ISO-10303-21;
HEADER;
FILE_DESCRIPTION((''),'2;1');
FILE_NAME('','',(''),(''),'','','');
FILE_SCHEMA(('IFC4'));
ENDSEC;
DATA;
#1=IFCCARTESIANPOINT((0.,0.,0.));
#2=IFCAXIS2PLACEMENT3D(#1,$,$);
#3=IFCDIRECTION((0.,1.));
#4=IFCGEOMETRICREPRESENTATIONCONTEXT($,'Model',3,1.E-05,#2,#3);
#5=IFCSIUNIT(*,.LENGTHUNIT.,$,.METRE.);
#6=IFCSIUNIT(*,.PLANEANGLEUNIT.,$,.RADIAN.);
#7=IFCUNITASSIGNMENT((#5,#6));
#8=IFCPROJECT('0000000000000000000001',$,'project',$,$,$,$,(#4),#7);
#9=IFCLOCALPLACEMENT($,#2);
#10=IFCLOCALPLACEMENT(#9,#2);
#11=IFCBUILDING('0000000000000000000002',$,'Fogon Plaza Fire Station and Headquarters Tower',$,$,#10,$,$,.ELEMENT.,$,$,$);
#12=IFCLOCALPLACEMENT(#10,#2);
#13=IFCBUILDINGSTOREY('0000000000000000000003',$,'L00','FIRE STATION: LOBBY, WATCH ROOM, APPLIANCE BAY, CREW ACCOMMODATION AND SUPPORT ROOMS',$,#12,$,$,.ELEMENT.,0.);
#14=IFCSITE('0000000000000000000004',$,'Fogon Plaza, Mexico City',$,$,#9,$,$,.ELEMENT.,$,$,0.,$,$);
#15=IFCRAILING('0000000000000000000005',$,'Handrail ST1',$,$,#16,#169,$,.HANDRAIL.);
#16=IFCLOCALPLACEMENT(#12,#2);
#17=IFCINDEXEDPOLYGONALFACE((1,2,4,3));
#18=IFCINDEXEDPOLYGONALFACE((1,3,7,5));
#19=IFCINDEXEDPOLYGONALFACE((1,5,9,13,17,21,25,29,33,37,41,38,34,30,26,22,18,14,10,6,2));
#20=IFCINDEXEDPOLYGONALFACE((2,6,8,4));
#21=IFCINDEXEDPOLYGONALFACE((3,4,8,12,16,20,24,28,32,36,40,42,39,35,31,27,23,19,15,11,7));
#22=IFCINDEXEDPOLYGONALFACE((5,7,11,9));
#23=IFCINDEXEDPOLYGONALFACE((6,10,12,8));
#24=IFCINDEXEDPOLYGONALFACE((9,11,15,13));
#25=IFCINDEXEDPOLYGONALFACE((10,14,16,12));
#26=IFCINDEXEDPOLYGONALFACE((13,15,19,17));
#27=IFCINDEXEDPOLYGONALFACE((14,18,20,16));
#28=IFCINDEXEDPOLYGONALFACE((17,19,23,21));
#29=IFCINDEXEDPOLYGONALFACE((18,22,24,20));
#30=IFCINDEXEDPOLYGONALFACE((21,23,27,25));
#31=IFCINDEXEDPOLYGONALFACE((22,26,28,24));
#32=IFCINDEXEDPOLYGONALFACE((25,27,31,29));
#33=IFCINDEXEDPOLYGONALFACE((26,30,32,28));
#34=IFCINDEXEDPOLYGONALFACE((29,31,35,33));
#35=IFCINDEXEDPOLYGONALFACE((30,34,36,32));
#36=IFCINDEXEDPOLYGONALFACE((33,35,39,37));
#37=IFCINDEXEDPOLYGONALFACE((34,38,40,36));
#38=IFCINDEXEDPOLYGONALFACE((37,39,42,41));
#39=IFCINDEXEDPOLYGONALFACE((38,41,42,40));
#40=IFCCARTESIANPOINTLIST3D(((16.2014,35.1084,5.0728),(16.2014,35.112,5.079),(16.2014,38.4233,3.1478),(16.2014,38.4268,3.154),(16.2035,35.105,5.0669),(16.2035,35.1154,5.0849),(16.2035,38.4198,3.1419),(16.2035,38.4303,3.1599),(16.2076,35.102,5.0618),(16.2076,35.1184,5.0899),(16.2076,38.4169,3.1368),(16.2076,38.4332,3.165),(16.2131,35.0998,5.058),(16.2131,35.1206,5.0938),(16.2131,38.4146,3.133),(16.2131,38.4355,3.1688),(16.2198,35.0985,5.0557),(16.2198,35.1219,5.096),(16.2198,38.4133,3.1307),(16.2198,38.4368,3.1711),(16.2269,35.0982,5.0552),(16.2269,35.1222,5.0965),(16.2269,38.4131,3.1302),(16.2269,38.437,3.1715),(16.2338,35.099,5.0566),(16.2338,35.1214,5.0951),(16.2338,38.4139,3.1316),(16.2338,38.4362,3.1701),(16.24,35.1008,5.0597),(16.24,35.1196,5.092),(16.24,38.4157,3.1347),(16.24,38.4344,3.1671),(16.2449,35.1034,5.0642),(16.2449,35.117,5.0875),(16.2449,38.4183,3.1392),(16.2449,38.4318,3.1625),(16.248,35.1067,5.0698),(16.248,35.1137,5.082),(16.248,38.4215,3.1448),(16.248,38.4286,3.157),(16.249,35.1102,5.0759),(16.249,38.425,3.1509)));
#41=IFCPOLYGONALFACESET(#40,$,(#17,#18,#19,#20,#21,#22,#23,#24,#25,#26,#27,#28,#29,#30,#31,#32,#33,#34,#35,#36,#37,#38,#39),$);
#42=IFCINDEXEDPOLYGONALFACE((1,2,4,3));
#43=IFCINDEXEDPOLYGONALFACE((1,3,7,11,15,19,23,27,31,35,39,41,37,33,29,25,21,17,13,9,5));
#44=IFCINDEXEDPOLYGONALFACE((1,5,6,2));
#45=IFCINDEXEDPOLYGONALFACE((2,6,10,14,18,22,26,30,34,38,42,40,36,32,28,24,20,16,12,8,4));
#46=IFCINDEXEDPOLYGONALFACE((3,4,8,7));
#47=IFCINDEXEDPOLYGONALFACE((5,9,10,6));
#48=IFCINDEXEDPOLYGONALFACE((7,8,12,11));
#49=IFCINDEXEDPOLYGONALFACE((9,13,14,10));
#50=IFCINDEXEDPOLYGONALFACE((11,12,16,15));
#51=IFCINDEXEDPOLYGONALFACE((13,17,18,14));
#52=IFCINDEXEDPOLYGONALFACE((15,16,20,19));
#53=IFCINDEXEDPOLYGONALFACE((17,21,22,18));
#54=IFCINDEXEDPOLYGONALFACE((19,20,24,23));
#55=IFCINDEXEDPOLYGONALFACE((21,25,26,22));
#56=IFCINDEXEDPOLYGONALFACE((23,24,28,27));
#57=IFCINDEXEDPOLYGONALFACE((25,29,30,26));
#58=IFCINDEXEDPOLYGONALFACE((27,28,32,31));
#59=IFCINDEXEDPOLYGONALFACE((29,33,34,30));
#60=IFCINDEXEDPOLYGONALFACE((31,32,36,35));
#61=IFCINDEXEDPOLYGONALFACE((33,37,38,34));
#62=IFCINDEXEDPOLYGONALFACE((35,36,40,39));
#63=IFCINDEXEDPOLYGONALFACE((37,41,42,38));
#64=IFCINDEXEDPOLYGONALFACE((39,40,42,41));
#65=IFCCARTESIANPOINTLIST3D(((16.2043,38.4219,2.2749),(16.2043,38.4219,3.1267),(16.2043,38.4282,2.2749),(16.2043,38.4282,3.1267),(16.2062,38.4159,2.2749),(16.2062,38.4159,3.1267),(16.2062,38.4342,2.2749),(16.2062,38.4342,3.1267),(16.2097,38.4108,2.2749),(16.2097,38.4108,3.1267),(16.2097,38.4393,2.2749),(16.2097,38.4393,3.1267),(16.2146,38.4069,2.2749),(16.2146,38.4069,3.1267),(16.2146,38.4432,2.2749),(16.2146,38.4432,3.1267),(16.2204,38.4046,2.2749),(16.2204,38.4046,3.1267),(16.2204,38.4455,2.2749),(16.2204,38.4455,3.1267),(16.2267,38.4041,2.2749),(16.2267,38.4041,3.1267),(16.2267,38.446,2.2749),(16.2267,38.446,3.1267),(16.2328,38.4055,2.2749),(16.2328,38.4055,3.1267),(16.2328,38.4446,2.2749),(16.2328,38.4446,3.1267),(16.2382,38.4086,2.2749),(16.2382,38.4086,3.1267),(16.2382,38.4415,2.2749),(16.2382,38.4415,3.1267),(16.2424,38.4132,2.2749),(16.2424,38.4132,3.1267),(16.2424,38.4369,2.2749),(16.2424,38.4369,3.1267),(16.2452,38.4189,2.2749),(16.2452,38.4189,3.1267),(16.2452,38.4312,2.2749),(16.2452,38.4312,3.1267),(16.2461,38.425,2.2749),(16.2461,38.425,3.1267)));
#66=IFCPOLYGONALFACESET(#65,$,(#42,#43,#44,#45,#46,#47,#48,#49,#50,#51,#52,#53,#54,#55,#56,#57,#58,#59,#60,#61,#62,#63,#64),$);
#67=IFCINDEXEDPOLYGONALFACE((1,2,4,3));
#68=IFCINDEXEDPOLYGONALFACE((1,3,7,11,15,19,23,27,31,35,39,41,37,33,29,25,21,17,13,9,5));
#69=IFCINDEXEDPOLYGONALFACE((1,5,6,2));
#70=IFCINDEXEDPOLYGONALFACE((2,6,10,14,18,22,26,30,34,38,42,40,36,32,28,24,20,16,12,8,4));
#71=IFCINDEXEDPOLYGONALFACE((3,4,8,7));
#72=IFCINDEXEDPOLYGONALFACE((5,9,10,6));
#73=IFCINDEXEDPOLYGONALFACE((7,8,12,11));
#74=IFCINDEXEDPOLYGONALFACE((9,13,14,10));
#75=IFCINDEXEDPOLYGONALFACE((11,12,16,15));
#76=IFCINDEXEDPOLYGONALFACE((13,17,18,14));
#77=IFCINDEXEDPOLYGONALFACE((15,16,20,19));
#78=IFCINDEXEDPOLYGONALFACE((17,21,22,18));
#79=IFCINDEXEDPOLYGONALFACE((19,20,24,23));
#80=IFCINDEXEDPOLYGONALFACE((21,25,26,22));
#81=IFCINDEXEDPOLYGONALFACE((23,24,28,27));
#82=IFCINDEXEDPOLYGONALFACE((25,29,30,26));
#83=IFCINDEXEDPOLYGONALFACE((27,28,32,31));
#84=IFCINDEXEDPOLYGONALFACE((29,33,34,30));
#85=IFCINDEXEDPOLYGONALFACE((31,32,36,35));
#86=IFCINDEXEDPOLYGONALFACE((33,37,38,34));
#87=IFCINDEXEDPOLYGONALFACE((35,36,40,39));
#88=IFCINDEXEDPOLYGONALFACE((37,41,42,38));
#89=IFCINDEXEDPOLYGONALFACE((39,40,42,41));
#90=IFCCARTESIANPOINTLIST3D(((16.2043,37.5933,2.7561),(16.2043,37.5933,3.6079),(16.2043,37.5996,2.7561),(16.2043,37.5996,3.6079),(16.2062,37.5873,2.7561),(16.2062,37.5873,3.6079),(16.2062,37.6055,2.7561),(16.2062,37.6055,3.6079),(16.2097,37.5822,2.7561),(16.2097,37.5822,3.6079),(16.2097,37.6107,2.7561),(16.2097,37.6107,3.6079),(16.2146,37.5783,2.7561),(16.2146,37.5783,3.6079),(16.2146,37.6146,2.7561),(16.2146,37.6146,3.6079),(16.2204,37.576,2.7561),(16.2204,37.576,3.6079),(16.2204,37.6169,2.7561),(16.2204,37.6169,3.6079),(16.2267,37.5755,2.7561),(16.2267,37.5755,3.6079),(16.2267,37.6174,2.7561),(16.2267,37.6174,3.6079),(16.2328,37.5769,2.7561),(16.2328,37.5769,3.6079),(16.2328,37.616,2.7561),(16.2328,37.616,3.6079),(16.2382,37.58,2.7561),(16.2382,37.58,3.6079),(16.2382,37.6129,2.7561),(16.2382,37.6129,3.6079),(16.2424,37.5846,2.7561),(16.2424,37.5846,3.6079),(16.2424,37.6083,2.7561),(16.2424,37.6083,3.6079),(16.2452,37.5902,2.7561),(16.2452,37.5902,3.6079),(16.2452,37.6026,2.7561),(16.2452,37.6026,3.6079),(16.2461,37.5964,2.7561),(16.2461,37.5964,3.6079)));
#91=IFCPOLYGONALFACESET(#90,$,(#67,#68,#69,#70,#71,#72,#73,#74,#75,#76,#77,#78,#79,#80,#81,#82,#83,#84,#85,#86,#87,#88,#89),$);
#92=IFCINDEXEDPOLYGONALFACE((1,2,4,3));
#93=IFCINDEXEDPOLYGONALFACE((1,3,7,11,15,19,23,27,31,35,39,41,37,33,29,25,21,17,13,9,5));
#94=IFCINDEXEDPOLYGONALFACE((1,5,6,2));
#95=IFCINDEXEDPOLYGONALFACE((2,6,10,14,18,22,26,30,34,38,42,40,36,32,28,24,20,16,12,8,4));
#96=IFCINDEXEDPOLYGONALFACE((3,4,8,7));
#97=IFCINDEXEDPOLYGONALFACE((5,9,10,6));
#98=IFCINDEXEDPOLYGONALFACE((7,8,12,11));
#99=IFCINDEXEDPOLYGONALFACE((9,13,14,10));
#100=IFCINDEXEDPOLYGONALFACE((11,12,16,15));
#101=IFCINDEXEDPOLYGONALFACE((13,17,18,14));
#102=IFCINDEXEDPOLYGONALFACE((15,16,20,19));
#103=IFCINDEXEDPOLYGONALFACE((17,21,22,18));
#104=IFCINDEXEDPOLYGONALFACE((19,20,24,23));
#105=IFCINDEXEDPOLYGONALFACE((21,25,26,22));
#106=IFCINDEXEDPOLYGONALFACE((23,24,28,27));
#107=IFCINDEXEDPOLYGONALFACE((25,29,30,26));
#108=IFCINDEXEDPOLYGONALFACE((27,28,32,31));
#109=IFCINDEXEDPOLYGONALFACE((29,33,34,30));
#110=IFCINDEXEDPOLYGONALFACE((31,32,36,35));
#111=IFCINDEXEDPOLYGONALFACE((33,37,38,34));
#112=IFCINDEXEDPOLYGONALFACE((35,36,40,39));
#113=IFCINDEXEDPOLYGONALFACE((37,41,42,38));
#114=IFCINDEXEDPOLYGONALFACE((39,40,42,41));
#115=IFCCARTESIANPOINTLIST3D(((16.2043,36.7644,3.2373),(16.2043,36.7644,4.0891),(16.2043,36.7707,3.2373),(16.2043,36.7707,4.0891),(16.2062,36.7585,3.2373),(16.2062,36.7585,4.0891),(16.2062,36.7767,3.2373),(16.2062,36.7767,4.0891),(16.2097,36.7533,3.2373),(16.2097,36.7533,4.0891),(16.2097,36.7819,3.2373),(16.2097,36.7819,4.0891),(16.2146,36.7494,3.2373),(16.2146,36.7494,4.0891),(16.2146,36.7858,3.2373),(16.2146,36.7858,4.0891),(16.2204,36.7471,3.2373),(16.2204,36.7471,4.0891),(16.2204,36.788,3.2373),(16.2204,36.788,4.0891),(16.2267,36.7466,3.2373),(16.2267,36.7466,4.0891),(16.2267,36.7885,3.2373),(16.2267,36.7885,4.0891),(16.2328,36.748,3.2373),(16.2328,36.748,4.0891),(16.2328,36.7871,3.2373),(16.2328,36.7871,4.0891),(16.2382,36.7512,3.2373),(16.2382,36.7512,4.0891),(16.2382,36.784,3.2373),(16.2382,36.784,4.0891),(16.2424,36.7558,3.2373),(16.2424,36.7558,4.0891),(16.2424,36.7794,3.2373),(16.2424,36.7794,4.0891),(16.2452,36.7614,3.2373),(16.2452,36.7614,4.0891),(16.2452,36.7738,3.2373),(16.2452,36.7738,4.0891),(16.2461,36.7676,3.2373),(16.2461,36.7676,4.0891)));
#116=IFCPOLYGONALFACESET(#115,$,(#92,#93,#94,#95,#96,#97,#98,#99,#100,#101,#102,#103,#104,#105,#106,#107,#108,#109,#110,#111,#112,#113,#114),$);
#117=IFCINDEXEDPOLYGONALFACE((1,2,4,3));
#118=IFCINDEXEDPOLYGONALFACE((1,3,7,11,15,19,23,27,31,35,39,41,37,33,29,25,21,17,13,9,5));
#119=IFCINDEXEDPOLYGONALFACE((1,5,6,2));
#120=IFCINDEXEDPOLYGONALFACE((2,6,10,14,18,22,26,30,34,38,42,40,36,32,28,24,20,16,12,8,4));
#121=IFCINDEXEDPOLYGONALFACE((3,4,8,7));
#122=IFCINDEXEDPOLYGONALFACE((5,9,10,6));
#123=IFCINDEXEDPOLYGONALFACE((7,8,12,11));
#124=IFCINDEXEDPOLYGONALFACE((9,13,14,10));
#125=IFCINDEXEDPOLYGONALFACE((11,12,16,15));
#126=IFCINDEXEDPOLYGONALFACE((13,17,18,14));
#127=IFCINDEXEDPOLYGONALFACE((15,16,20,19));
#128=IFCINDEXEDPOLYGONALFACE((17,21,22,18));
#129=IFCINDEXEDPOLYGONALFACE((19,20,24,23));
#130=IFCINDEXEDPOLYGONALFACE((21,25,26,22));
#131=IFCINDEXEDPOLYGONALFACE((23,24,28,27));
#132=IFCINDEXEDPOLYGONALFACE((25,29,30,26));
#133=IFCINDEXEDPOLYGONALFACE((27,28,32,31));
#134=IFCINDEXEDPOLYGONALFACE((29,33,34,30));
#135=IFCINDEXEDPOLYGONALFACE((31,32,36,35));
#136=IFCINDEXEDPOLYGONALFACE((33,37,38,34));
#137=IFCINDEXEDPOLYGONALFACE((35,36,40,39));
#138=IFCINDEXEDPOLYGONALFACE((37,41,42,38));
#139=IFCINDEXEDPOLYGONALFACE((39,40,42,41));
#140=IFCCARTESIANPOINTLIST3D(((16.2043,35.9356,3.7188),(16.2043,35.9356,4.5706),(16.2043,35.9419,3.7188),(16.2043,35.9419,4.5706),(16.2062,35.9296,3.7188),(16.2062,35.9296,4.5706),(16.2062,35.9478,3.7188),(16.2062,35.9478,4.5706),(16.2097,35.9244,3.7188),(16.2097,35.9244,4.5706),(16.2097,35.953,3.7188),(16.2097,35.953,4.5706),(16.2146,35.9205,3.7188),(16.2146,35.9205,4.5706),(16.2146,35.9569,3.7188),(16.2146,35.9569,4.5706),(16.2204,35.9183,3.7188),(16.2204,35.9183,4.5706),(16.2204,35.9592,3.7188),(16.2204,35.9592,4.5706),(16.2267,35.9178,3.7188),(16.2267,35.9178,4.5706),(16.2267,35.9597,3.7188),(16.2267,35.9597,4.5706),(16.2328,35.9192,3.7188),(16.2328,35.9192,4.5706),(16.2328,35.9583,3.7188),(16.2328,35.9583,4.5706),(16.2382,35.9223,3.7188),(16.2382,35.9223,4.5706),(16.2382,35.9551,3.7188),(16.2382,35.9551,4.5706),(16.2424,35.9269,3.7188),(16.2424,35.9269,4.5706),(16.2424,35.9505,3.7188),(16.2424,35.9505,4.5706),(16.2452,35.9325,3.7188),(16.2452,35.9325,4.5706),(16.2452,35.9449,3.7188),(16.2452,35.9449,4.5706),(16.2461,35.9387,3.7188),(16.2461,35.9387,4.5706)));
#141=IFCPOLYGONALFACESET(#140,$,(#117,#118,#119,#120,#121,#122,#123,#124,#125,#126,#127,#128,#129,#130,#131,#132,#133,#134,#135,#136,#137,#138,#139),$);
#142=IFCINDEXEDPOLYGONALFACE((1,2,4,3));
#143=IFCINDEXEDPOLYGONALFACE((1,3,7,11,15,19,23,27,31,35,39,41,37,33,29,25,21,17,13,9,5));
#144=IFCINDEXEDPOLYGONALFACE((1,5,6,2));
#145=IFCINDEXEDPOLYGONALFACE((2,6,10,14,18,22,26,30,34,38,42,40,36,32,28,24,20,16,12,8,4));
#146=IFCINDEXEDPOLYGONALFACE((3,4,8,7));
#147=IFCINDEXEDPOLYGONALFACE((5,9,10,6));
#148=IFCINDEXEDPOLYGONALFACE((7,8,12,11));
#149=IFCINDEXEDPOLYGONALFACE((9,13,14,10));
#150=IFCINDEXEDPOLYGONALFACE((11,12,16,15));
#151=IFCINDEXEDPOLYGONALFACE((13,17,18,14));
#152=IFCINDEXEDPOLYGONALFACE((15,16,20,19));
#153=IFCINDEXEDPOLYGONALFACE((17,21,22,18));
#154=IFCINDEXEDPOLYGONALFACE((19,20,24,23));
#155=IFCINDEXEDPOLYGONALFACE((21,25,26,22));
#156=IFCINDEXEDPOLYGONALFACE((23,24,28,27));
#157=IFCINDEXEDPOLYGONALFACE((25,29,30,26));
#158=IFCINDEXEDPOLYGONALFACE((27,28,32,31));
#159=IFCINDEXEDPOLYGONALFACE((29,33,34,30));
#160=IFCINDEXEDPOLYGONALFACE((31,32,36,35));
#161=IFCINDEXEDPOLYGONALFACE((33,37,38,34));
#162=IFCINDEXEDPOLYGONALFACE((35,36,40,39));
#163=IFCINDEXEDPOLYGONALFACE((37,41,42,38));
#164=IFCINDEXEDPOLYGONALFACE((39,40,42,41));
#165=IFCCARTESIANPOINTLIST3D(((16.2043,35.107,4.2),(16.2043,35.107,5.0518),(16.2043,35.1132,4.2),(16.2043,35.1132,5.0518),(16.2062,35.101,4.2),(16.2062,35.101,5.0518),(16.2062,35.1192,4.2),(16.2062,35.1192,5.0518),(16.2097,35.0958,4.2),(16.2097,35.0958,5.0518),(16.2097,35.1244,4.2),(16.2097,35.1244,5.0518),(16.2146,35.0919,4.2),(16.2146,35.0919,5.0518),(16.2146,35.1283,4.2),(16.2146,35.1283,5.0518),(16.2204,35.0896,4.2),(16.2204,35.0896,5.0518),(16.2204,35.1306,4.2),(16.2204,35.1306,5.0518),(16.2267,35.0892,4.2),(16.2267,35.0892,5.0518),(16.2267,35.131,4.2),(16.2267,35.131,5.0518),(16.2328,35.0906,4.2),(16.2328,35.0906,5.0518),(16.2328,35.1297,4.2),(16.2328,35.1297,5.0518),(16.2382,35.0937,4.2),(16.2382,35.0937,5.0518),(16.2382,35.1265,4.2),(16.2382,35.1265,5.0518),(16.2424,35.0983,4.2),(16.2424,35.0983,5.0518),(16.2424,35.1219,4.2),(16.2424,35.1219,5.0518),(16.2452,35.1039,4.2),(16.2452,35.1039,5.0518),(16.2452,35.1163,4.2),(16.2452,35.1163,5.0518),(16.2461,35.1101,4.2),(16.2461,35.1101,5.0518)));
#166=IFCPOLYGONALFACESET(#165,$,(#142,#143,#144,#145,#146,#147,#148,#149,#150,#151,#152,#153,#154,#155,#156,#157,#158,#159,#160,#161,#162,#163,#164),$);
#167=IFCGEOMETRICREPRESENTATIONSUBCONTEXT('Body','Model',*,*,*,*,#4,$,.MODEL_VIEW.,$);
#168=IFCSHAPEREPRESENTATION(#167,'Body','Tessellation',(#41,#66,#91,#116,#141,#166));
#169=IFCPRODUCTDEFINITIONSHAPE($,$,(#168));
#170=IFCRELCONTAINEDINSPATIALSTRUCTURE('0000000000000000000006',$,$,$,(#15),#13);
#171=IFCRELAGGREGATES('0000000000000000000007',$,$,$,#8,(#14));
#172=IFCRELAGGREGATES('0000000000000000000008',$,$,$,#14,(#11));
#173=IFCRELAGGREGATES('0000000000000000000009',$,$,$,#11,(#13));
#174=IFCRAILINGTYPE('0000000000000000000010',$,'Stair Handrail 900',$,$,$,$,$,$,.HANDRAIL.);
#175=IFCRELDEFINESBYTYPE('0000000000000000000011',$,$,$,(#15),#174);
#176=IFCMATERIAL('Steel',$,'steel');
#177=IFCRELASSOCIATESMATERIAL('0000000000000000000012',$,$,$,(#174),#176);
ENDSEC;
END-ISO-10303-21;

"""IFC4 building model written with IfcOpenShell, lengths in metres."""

from ifc_helpers import new_model, si_unit, direction, frame, origin, origin_2d, place, context, subcontext, project, spatial, circle, extrude, material, type_object, element, save


model = new_model("IFC4")

# Units and contexts
model_context = context("Model", 3, precision=1e-05, world=origin(), true_north=direction((0.0, 1.0)))
body_context = subcontext(model_context, "Body", "Model", "MODEL_VIEW")
ifc_project = project(units=[si_unit("LENGTHUNIT", "METRE"), si_unit("PLANEANGLEUNIT", "RADIAN")], contexts=[model_context])

# Site, building, storey
site_placement = place(None, origin())
site = spatial("IfcSite", under=ifc_project, at=site_placement, Name="Fogon Plaza, Mexico City", CompositionType="ELEMENT", RefElevation=0.0)
building_placement = place(site_placement, origin())
building = spatial("IfcBuilding", under=site, at=building_placement, Name="Fogon Plaza Fire Station and Headquarters Tower", CompositionType="ELEMENT")
storey_placement = place(building_placement, origin())
storey = spatial("IfcBuildingStorey", under=building, at=storey_placement, Name="L00", Description="FIRE STATION: LOBBY, WATCH ROOM, APPLIANCE BAY, CREW ACCOMMODATION AND SUPPORT ROOMS", CompositionType="ELEMENT", Elevation=0.0)

# Railing
ifc_material_1 = material(Name="Steel", Category="steel")
railing_type = type_object("IfcRailingType", Name="Stair Handrail 900", PredefinedType="HANDRAIL", material=ifc_material_1)
for number, where, name in (
    (1, (16.2251, 38.425, 2.2749), "Handrail ST1"),
):
    element("IfcRailing", number, at=place(storey_placement, frame(where)), inside=storey, type_object=railing_type, Name=name, PredefinedType="HANDRAIL", context=body_context, shape_type="SweptSolid", body=[
        extrude(circle(Radius=0.0239, at=origin_2d()), frame((0.0, 0.0, 0.876), z_axis=(0.0, -0.864761, 0.502183), x_axis=(1.0, 0.0, 0.0)), (0.0, 0.0, 1.0), 3.8333),
        extrude(circle(Radius=0.021, at=origin_2d()), origin(), (0.0, 0.0, 1.0), 0.8518),
        extrude(circle(Radius=0.021, at=origin_2d()), frame((0.0, -0.8286, 0.4812)), (0.0, 0.0, 1.0), 0.8518),
        extrude(circle(Radius=0.021, at=origin_2d()), frame((0.0, -1.6575, 0.9624)), (0.0, 0.0, 1.0), 0.8518),
        extrude(circle(Radius=0.021, at=origin_2d()), frame((0.0, -2.4863, 1.4438)), (0.0, 0.0, 1.0), 0.8518),
        extrude(circle(Radius=0.021, at=origin_2d()), frame((0.0, -3.3149, 1.925)), (0.0, 0.0, 1.0), 0.8518),
    ])

save(model, "model.ifc")
